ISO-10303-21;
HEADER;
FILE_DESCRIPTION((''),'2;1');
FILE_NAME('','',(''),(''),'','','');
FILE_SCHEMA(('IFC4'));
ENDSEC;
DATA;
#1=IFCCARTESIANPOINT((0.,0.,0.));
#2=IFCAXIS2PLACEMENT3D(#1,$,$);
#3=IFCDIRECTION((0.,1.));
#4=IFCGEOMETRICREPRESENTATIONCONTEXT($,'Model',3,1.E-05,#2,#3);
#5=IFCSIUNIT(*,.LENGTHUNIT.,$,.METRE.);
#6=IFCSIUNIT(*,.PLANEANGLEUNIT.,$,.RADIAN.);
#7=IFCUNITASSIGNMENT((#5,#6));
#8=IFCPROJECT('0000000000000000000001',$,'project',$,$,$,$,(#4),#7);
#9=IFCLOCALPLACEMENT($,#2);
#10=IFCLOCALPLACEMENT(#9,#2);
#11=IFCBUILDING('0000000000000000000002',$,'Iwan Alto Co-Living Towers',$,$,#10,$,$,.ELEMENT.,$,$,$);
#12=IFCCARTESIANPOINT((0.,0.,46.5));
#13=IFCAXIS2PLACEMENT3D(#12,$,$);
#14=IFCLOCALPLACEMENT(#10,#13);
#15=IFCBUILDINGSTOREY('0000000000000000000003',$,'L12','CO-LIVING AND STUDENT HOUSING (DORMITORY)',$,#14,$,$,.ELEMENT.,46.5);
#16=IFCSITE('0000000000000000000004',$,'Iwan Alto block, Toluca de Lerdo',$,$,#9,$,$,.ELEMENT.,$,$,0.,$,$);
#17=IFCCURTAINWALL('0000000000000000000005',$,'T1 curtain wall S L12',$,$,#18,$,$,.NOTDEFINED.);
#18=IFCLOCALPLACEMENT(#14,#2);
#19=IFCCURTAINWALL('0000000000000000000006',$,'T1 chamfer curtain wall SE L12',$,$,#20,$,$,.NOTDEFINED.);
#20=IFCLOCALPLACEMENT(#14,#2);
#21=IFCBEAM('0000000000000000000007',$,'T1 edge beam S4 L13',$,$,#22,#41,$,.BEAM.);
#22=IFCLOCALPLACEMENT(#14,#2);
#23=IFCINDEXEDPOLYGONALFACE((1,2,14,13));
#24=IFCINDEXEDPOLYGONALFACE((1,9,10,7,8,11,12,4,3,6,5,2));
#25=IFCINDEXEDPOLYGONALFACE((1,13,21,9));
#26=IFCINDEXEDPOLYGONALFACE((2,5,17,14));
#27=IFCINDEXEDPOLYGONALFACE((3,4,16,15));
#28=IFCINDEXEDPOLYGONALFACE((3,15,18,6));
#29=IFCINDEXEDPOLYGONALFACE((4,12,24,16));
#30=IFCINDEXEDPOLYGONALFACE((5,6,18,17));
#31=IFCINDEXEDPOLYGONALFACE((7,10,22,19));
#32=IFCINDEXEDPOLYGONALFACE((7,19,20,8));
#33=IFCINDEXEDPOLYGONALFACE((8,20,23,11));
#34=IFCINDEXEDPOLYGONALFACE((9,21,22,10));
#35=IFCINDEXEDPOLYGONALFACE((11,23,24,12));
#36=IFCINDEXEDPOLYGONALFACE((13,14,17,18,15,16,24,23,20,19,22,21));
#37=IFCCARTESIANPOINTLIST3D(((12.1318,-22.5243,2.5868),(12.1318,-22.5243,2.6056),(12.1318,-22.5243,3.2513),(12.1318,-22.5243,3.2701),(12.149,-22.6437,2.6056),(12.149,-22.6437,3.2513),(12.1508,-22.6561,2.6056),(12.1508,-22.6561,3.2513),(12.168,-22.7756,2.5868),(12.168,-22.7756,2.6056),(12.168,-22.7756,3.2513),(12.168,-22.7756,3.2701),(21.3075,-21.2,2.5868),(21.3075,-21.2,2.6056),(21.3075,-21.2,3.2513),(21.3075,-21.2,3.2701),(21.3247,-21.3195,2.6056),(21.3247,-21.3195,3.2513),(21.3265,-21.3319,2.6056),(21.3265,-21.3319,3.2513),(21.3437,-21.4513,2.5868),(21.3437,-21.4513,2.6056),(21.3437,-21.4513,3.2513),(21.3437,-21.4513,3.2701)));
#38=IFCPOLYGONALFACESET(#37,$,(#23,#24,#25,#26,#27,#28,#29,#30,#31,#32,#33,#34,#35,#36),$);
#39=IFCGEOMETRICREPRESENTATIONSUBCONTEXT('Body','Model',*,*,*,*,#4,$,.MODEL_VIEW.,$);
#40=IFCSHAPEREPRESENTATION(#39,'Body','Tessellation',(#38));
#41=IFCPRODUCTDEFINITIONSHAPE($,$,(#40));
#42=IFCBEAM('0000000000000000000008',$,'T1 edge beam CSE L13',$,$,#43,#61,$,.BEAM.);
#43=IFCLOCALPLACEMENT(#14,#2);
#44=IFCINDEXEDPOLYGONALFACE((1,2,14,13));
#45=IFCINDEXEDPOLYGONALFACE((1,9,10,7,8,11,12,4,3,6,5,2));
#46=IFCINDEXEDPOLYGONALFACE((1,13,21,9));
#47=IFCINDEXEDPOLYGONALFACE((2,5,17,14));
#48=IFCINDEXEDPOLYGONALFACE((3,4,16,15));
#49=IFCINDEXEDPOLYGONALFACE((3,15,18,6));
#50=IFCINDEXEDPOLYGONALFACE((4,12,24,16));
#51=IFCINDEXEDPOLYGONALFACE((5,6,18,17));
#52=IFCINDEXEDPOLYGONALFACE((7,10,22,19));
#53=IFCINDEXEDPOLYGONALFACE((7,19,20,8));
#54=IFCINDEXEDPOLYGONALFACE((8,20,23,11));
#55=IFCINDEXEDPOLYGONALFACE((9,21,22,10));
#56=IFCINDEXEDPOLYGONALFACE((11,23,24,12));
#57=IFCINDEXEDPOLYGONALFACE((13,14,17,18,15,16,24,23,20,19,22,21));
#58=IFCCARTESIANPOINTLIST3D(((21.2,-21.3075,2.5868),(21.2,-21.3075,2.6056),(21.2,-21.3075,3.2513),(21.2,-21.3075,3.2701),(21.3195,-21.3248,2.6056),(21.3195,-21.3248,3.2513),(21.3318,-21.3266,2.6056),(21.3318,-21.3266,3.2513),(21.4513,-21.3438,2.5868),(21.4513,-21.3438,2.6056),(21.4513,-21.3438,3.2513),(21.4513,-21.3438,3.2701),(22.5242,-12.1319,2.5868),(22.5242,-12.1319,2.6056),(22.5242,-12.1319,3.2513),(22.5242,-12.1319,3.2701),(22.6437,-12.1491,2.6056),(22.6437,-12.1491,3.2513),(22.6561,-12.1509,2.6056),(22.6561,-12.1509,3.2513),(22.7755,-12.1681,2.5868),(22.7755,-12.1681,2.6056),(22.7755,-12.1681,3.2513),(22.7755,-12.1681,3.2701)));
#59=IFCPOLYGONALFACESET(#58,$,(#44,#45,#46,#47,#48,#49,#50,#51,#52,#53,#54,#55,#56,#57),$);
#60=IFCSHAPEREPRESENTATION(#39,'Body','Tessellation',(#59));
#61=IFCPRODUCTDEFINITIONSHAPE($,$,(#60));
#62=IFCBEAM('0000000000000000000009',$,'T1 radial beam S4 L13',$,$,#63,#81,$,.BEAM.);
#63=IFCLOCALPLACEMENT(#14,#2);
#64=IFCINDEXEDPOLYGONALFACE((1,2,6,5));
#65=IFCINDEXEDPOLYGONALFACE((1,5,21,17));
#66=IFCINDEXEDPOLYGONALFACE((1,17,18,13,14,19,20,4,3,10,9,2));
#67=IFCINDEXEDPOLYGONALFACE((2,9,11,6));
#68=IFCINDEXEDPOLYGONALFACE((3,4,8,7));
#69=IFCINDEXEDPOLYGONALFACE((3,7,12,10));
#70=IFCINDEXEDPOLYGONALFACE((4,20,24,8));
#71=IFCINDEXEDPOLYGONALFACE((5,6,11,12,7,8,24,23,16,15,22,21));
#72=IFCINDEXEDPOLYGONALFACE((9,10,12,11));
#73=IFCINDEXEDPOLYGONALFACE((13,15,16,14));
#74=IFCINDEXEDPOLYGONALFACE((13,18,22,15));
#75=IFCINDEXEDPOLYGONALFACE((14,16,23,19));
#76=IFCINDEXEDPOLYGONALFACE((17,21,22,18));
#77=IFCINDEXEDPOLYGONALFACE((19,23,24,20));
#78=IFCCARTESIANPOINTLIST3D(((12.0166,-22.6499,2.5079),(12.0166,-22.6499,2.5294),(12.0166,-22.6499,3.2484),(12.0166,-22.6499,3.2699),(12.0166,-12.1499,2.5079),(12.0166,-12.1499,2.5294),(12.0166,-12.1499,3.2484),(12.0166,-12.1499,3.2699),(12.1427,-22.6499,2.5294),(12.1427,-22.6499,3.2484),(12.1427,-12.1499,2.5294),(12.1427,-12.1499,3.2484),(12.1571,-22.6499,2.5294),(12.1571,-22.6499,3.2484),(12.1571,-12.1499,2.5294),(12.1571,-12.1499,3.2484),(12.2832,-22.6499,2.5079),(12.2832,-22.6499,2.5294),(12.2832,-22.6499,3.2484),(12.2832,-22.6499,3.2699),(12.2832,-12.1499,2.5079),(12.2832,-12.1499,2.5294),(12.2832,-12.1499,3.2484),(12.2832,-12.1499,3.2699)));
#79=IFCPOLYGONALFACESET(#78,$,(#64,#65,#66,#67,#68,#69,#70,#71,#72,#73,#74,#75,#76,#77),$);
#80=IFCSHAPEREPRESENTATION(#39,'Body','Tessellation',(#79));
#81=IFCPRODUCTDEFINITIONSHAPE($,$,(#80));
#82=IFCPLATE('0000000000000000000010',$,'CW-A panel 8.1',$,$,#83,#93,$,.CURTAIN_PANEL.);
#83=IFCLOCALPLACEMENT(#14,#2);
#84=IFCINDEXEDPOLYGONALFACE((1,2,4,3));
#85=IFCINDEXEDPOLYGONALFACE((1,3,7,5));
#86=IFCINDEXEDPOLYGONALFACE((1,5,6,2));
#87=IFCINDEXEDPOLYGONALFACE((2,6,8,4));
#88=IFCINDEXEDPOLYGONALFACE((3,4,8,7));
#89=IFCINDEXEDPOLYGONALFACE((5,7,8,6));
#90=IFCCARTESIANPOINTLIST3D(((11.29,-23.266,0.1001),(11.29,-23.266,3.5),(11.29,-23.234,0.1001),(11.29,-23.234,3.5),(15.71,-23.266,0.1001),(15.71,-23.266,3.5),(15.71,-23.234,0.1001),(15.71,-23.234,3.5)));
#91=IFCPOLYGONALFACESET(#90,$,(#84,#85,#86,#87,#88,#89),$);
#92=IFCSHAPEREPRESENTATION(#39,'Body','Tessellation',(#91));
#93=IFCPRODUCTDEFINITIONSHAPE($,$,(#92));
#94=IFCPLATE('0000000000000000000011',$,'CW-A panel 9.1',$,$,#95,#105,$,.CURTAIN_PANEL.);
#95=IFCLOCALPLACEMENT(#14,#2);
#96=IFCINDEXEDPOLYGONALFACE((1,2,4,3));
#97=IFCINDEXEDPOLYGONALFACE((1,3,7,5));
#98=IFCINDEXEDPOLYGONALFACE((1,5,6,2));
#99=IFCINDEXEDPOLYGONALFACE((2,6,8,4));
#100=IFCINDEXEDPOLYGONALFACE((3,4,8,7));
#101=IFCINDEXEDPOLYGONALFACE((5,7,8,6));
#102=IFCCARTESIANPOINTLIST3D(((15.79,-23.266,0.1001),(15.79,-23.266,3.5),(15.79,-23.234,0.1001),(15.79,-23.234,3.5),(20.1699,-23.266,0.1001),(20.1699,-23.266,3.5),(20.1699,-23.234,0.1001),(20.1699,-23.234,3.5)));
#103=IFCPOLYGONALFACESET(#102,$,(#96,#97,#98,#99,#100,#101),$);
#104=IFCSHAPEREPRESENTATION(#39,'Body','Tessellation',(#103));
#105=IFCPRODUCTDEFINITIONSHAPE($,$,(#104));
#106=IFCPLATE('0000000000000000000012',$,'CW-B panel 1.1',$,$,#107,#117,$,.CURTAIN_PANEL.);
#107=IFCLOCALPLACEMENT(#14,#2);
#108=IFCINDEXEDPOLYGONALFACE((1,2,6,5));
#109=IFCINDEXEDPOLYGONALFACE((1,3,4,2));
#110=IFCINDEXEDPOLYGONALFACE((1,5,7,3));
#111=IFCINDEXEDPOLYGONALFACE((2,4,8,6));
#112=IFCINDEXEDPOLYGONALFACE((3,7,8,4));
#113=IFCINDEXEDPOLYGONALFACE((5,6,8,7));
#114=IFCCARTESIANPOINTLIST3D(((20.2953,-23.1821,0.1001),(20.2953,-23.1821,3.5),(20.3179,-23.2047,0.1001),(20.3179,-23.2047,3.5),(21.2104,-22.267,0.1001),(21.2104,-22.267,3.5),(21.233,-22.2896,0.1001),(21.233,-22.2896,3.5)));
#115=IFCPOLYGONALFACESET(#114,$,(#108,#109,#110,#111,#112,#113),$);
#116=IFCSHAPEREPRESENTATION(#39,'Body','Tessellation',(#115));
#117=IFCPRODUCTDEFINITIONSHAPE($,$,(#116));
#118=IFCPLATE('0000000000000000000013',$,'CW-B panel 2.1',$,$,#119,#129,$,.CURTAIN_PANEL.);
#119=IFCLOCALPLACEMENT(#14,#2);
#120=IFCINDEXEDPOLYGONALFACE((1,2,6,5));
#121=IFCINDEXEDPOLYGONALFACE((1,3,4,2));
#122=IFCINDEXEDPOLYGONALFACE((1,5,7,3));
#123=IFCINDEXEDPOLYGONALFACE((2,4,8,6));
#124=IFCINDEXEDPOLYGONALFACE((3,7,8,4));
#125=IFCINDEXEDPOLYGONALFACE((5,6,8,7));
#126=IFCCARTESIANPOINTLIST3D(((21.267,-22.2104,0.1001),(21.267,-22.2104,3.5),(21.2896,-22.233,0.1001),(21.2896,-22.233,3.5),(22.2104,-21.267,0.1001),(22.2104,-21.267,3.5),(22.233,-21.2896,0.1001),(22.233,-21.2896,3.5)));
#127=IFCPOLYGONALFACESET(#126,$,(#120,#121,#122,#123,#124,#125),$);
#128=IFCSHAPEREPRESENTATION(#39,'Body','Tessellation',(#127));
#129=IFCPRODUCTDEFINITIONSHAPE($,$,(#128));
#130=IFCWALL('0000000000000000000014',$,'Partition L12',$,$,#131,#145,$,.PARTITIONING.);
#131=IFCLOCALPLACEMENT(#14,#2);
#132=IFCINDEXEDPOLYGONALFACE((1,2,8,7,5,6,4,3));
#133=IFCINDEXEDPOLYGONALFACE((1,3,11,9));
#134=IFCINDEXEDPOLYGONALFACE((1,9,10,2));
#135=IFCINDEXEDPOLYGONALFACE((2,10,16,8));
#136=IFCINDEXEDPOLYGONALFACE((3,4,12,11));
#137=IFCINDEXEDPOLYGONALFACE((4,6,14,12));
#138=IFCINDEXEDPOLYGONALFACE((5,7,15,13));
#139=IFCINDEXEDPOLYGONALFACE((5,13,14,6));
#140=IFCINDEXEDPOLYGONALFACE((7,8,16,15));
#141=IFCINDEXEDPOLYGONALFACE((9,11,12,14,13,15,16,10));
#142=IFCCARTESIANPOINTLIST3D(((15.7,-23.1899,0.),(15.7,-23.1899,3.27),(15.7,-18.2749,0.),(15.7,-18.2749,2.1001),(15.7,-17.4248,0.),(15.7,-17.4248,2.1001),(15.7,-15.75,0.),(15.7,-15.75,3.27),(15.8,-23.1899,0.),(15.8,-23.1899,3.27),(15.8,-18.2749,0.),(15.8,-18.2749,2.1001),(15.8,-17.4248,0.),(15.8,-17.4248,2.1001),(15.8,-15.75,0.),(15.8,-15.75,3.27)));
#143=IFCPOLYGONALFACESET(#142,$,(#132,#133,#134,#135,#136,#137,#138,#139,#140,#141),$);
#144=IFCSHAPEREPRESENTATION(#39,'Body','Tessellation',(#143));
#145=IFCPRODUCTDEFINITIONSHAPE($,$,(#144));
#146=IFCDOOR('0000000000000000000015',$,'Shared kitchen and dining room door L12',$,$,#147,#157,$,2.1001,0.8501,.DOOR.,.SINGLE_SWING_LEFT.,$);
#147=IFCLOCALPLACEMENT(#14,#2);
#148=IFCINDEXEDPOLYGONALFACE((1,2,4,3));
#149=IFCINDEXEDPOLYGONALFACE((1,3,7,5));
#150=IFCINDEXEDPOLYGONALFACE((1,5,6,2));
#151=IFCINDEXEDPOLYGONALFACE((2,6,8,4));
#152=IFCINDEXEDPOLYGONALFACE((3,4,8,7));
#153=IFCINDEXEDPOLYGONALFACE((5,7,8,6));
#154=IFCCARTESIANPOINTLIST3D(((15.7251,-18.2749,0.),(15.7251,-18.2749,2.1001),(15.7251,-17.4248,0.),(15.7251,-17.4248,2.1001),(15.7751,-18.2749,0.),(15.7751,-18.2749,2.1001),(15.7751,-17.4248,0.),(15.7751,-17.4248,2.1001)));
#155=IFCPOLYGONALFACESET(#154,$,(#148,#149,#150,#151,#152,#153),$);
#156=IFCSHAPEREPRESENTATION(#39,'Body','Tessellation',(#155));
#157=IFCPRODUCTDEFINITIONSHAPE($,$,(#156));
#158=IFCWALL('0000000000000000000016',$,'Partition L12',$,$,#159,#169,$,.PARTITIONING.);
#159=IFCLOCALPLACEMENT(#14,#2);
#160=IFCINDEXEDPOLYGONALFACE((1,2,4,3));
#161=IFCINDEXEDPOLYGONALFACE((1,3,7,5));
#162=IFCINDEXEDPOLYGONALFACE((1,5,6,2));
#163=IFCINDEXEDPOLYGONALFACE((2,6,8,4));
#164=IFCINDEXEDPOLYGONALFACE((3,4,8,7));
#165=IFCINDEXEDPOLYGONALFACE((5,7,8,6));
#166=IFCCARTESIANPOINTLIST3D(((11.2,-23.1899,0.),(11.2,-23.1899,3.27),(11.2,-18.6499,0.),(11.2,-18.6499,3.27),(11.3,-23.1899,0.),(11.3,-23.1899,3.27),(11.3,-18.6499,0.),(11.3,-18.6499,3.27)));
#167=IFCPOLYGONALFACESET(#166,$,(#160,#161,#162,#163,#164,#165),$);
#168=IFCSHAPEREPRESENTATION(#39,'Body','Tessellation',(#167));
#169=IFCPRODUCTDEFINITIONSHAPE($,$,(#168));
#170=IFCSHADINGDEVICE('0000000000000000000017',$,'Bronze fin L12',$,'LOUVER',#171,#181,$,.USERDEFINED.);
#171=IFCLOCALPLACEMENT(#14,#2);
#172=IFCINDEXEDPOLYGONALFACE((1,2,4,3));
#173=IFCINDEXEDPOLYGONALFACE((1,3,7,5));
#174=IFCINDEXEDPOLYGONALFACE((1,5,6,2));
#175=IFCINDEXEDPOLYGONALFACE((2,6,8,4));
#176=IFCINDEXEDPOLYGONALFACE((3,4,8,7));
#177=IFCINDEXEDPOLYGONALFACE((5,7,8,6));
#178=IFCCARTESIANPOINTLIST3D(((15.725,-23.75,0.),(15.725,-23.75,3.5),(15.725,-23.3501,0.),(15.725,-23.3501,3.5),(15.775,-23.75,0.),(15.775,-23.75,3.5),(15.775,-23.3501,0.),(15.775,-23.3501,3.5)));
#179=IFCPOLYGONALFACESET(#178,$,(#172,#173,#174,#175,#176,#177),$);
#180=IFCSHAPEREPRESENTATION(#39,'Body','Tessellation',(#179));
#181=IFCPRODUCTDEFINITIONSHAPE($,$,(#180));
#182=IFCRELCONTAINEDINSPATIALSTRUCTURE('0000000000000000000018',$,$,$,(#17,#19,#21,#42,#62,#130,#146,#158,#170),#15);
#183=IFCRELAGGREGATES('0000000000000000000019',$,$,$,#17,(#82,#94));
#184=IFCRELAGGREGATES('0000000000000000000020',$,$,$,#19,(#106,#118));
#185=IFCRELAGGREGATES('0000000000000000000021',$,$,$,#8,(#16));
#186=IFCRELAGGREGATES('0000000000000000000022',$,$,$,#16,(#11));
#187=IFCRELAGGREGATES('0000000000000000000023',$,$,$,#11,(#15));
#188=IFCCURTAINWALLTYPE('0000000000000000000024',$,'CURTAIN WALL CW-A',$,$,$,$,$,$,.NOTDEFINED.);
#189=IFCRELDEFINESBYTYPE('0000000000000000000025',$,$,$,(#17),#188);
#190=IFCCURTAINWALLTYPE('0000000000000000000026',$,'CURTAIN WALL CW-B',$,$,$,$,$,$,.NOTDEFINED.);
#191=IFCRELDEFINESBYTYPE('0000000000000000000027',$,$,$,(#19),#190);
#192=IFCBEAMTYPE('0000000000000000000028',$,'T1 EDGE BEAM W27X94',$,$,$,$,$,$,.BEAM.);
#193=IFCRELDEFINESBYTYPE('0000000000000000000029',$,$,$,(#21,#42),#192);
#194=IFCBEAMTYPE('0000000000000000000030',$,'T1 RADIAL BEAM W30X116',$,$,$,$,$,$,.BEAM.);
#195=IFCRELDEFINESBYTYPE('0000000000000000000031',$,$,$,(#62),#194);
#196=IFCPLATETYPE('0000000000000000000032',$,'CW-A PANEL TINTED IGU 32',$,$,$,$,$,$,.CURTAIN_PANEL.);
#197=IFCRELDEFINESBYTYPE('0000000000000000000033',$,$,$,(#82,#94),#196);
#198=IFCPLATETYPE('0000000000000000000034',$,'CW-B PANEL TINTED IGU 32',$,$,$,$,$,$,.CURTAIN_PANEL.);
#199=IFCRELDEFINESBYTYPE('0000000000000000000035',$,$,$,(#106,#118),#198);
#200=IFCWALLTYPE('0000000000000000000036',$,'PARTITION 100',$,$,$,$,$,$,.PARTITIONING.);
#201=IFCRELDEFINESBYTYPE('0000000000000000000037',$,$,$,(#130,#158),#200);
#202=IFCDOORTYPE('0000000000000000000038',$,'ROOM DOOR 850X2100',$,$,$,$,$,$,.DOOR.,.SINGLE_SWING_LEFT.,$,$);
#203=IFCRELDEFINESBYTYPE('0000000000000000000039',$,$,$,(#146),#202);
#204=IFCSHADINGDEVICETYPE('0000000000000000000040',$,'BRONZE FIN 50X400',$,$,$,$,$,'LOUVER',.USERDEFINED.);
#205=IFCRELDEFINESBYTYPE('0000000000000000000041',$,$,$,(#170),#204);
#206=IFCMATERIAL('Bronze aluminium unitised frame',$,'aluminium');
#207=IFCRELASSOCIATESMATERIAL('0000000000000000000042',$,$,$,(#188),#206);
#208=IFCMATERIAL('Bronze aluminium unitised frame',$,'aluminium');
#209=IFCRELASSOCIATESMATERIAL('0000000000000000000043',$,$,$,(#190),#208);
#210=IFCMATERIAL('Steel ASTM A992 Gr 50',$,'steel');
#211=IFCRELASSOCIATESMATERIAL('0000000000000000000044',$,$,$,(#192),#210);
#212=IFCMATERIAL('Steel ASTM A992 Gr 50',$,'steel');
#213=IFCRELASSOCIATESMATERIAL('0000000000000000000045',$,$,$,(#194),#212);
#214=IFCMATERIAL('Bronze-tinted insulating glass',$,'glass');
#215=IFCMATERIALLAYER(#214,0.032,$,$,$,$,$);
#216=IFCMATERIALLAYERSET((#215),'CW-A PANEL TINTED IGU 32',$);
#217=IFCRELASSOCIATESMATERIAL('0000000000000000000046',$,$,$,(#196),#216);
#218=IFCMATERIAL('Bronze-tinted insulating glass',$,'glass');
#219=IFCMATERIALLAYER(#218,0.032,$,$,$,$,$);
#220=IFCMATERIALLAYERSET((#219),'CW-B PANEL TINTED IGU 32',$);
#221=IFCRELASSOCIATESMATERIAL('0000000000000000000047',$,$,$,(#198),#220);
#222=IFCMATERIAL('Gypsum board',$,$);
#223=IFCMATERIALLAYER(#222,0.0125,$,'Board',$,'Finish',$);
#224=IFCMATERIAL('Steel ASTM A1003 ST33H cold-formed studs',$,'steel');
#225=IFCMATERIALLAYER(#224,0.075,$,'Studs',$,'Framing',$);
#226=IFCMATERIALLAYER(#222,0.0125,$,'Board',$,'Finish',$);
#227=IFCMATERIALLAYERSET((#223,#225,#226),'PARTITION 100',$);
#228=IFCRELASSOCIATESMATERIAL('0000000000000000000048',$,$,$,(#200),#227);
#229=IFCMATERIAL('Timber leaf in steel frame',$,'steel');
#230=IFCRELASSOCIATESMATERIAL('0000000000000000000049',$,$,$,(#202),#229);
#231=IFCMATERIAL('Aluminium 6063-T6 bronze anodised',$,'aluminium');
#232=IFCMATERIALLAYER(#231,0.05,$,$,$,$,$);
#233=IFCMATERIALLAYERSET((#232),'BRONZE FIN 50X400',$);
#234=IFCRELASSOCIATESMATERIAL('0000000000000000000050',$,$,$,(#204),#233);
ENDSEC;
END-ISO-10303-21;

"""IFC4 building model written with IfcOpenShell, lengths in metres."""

from ifc_helpers import new_model, si_unit, direction, frame, frame_2d, origin, origin_2d, place, context, subcontext, project, spatial, rectangle, i_section, extrude, material, layer, layer_set, material_profile, profile_set, type_object, element, fill, aggregate, save


model = new_model("IFC4")

# Units and contexts
model_context = context("Model", 3, precision=1e-05, world=origin(), true_north=direction((0.0, 1.0)))
body_context = subcontext(model_context, "Body", "Model", "MODEL_VIEW")
ifc_project = project(units=[si_unit("LENGTHUNIT", "METRE"), si_unit("PLANEANGLEUNIT", "RADIAN")], contexts=[model_context])

# Site, building, storey
site_placement = place(None, origin())
site = spatial("IfcSite", under=ifc_project, at=site_placement, Name="Iwan Alto block, Toluca de Lerdo", CompositionType="ELEMENT", RefElevation=0.0)
building_placement = place(site_placement, origin())
building = spatial("IfcBuilding", under=site, at=building_placement, Name="Iwan Alto Co-Living Towers", CompositionType="ELEMENT")
storey_placement = place(building_placement, frame((0.0, 0.0, 46.5)))
storey = spatial("IfcBuildingStorey", under=building, at=storey_placement, Name="L12", Description="CO-LIVING AND STUDENT HOUSING (DORMITORY)", CompositionType="ELEMENT", Elevation=46.5)

# Curtain walls
ifc_material_1 = material(Name="Bronze aluminium unitised frame", Category="aluminium")
curtain_wall_type_1 = type_object("IfcCurtainWallType", Name="CURTAIN WALL CW-A", PredefinedType="NOTDEFINED", material=ifc_material_1)
curtain_wall_1_placement = place(storey_placement, origin())
curtain_wall_1 = element("IfcCurtainWall", 1, at=curtain_wall_1_placement, inside=storey, type_object=curtain_wall_type_1, Name="T1 curtain wall S L12", PredefinedType="NOTDEFINED")
ifc_material_2 = material(Name="Bronze aluminium unitised frame", Category="aluminium")
curtain_wall_type_2 = type_object("IfcCurtainWallType", Name="CURTAIN WALL CW-B", PredefinedType="NOTDEFINED", material=ifc_material_2)
curtain_wall_2_placement = place(storey_placement, origin())
curtain_wall_2 = element("IfcCurtainWall", 2, at=curtain_wall_2_placement, inside=storey, type_object=curtain_wall_type_2, Name="T1 chamfer curtain wall SE L12", PredefinedType="NOTDEFINED")

# Beams
ifc_material_3 = material(Name="Steel ASTM A992 Gr 50", Category="steel")
ifc_material_profile_1 = material_profile(ifc_material_3, i_section(OverallWidth=0.2539, OverallDepth=0.6833, WebThickness=0.0125, FlangeThickness=0.0188, at=origin_2d()), Name="W27X94")
ifc_profile_set_1 = profile_set([ifc_material_profile_1], Name="Steel ASTM A992 Gr 50")
beam_type_1 = type_object("IfcBeamType", Name="T1 EDGE BEAM W27X94", PredefinedType="BEAM", material=ifc_profile_set_1)
for number, where, z_axis, x_axis, name in (
    (3, (12.1499, -22.6499, 2.9285), (0.989746, 0.142837, 0.0), (-0.142837, 0.989746, 0.0), "T1 edge beam S4 L13"),
    (4, (21.3257, -21.3257, 2.9285), (0.142837, 0.989746, 0.0), (-0.989746, 0.142837, 0.0), "T1 edge beam CSE L13"),
):
    element("IfcBeam", number, at=place(storey_placement, frame(where, z_axis=z_axis, x_axis=x_axis)), inside=storey, type_object=beam_type_1, Name=name, PredefinedType="BEAM", context=body_context, shape_type="SweptSolid", body=[
        extrude(i_section(OverallWidth=0.2539, OverallDepth=0.6833, WebThickness=0.0125, FlangeThickness=0.0188, at=origin_2d()), origin(), (0.0, 0.0, 1.0), 9.2708),
    ])
ifc_material_4 = material(Name="Steel ASTM A992 Gr 50", Category="steel")
ifc_material_profile_2 = material_profile(ifc_material_4, i_section(OverallWidth=0.2666, OverallDepth=0.762, WebThickness=0.0144, FlangeThickness=0.0215, at=origin_2d()), Name="W30X116")
ifc_profile_set_2 = profile_set([ifc_material_profile_2], Name="Steel ASTM A992 Gr 50")
beam_type_2 = type_object("IfcBeamType", Name="T1 RADIAL BEAM W30X116", PredefinedType="BEAM", material=ifc_profile_set_2)
beam_1_placement = place(storey_placement, frame((12.1499, -22.6499, 2.8889), z_axis=(0.0, 1.0, 0.0), x_axis=(-1.0, 0.0, 0.0)))
element("IfcBeam", 5, at=beam_1_placement, inside=storey, type_object=beam_type_2, Name="T1 radial beam S4 L13", PredefinedType="BEAM", context=body_context, shape_type="SweptSolid", body=[
    extrude(i_section(OverallWidth=0.2666, OverallDepth=0.762, WebThickness=0.0144, FlangeThickness=0.0215, at=origin_2d()), origin(), (0.0, 0.0, 1.0), 10.5),
])

# Plates
ifc_material_5 = material(Name="Bronze-tinted insulating glass", Category="glass")
ifc_layer_1 = layer(ifc_material_5, 0.032)
ifc_layer_set_1 = layer_set([ifc_layer_1], Name="CW-A PANEL TINTED IGU 32")
plate_type_1 = type_object("IfcPlateType", Name="CW-A PANEL TINTED IGU 32", PredefinedType="CURTAIN_PANEL", material=ifc_layer_set_1)
plate_1_placement = place(storey_placement, frame((13.5, -23.25, 0.1001), z_axis=(0.0, 0.0, 1.0), x_axis=(1.0, 0.0, 0.0)))
plate_1 = element("IfcPlate", 6, at=plate_1_placement, type_object=plate_type_1, Name="CW-A panel 8.1", PredefinedType="CURTAIN_PANEL", context=body_context, shape_type="SweptSolid", body=[
    extrude(rectangle(XDim=4.4199, YDim=0.032, at=origin_2d()), origin(), (0.0, 0.0, 1.0), 3.3999),
])
plate_2_placement = place(storey_placement, frame((17.98, -23.25, 0.1001), z_axis=(0.0, 0.0, 1.0), x_axis=(1.0, 0.0, 0.0)))
plate_2 = element("IfcPlate", 7, at=plate_2_placement, type_object=plate_type_1, Name="CW-A panel 9.1", PredefinedType="CURTAIN_PANEL", context=body_context, shape_type="SweptSolid", body=[
    extrude(rectangle(XDim=4.3799, YDim=0.032, at=origin_2d()), origin(), (0.0, 0.0, 1.0), 3.3999),
])
aggregate(curtain_wall_1, [plate_1, plate_2])
ifc_material_6 = material(Name="Bronze-tinted insulating glass", Category="glass")
ifc_layer_2 = layer(ifc_material_6, 0.032)
ifc_layer_set_2 = layer_set([ifc_layer_2], Name="CW-B PANEL TINTED IGU 32")
plate_type_2 = type_object("IfcPlateType", Name="CW-B PANEL TINTED IGU 32", PredefinedType="CURTAIN_PANEL", material=ifc_layer_set_2)
plate_3_placement = place(storey_placement, frame((20.7642, -22.7358, 0.1001), z_axis=(0.0, 0.0, 1.0), x_axis=(0.707107, 0.707107, 0.0)))
plate_3 = element("IfcPlate", 8, at=plate_3_placement, type_object=plate_type_2, Name="CW-B panel 1.1", PredefinedType="CURTAIN_PANEL", context=body_context, shape_type="SweptSolid", body=[
    extrude(rectangle(XDim=1.2942, YDim=0.032, at=origin_2d()), origin(), (0.0, 0.0, 1.0), 3.3999),
])
plate_4_placement = place(storey_placement, frame((21.75, -21.75, 0.1001), z_axis=(0.0, 0.0, 1.0), x_axis=(0.707107, 0.707107, 0.0)))
plate_4 = element("IfcPlate", 9, at=plate_4_placement, type_object=plate_type_2, Name="CW-B panel 2.1", PredefinedType="CURTAIN_PANEL", context=body_context, shape_type="SweptSolid", body=[
    extrude(rectangle(XDim=1.3342, YDim=0.032, at=origin_2d()), origin(), (0.0, 0.0, 1.0), 3.3999),
])
aggregate(curtain_wall_2, [plate_3, plate_4])

# Wall, opening, door
ifc_material_7 = material(Name="Gypsum board")
ifc_layer_3 = layer(ifc_material_7, 0.0125, Name="Board", Category="Finish")
ifc_material_8 = material(Name="Steel ASTM A1003 ST33H cold-formed studs", Category="steel")
ifc_layer_4 = layer(ifc_material_8, 0.075, Name="Studs", Category="Framing")
ifc_layer_5 = layer(ifc_material_7, 0.0125, Name="Board", Category="Finish")
ifc_layer_set_3 = layer_set([ifc_layer_3, ifc_layer_4, ifc_layer_5], Name="PARTITION 100")
wall_type = type_object("IfcWallType", Name="PARTITION 100", PredefinedType="PARTITIONING", material=ifc_layer_set_3)
wall_1_placement = place(storey_placement, frame((15.75, -23.1899, 0.0), z_axis=(0.0, 0.0, 1.0), x_axis=(0.0, 1.0, 0.0)))
wall_1 = element("IfcWall", 10, at=wall_1_placement, inside=storey, type_object=wall_type, Name="Partition L12", PredefinedType="PARTITIONING", context=body_context, shape_type="SweptSolid", body=[
    extrude(rectangle(XDim=7.4399, YDim=0.1001, at=frame_2d((3.72, 0.0))), origin(), (0.0, 0.0, 1.0), 3.27),
])
opening_placement = place(wall_1_placement, frame((4.915, 0.0, 0.0)))
opening = element("IfcOpeningElement", 11, at=opening_placement, cuts=wall_1, PredefinedType="OPENING", context=body_context, shape_type="SweptSolid", body=[
    extrude(rectangle(XDim=0.8501, YDim=2.1001, at=frame_2d((0.425, 1.05))), frame((0.0, 0.0601, 0.0), z_axis=(0.0, -1.0, 0.0), x_axis=(1.0, 0.0, 0.0)), (0.0, 0.0, 1.0), 0.1201),
])
ifc_material_9 = material(Name="Timber leaf in steel frame", Category="steel")
door_type = type_object("IfcDoorType", Name="ROOM DOOR 850X2100", OperationType="SINGLE_SWING_LEFT", PredefinedType="DOOR", material=ifc_material_9)
door_placement = place(opening_placement, origin())
door = element("IfcDoor", 12, at=door_placement, inside=storey, type_object=door_type, Name="Shared kitchen and dining room door L12", OperationType="SINGLE_SWING_LEFT", OverallHeight=2.1001, OverallWidth=0.8501, PredefinedType="DOOR", context=body_context, shape_type="SweptSolid", body=[
    extrude(rectangle(XDim=0.8501, YDim=2.1001, at=frame_2d((0.425, 1.05))), frame((0.0, 0.0249, 0.0), z_axis=(0.0, -1.0, 0.0), x_axis=(1.0, 0.0, 0.0)), (0.0, 0.0, 1.0), 0.05),
])
fill(opening, door)

# Wall
wall_2_placement = place(storey_placement, frame((11.25, -23.1899, 0.0), z_axis=(0.0, 0.0, 1.0), x_axis=(0.0, 1.0, 0.0)))
element("IfcWall", 13, at=wall_2_placement, inside=storey, type_object=wall_type, Name="Partition L12", PredefinedType="PARTITIONING", context=body_context, shape_type="SweptSolid", body=[
    extrude(rectangle(XDim=4.54, YDim=0.1001, at=frame_2d((2.27, 0.0))), origin(), (0.0, 0.0, 1.0), 3.27),
])

# Shading device
ifc_material_10 = material(Name="Aluminium 6063-T6 bronze anodised", Category="aluminium")
ifc_layer_6 = layer(ifc_material_10, 0.05)
ifc_layer_set_4 = layer_set([ifc_layer_6], Name="BRONZE FIN 50X400")
shading_device_type = type_object("IfcShadingDeviceType", Name="BRONZE FIN 50X400", ElementType="LOUVER", PredefinedType="USERDEFINED", material=ifc_layer_set_4)
shading_device_placement = place(storey_placement, frame((15.75, -23.55, 0.0), z_axis=(0.0, 0.0, 1.0), x_axis=(1.0, 0.0, 0.0)))
element("IfcShadingDevice", 14, at=shading_device_placement, inside=storey, type_object=shading_device_type, Name="Bronze fin L12", ObjectType="LOUVER", PredefinedType="USERDEFINED", context=body_context, shape_type="SweptSolid", body=[
    extrude(rectangle(XDim=0.05, YDim=0.3999, at=origin_2d()), origin(), (0.0, 0.0, 1.0), 3.5),
])

save(model, "model.ifc")
